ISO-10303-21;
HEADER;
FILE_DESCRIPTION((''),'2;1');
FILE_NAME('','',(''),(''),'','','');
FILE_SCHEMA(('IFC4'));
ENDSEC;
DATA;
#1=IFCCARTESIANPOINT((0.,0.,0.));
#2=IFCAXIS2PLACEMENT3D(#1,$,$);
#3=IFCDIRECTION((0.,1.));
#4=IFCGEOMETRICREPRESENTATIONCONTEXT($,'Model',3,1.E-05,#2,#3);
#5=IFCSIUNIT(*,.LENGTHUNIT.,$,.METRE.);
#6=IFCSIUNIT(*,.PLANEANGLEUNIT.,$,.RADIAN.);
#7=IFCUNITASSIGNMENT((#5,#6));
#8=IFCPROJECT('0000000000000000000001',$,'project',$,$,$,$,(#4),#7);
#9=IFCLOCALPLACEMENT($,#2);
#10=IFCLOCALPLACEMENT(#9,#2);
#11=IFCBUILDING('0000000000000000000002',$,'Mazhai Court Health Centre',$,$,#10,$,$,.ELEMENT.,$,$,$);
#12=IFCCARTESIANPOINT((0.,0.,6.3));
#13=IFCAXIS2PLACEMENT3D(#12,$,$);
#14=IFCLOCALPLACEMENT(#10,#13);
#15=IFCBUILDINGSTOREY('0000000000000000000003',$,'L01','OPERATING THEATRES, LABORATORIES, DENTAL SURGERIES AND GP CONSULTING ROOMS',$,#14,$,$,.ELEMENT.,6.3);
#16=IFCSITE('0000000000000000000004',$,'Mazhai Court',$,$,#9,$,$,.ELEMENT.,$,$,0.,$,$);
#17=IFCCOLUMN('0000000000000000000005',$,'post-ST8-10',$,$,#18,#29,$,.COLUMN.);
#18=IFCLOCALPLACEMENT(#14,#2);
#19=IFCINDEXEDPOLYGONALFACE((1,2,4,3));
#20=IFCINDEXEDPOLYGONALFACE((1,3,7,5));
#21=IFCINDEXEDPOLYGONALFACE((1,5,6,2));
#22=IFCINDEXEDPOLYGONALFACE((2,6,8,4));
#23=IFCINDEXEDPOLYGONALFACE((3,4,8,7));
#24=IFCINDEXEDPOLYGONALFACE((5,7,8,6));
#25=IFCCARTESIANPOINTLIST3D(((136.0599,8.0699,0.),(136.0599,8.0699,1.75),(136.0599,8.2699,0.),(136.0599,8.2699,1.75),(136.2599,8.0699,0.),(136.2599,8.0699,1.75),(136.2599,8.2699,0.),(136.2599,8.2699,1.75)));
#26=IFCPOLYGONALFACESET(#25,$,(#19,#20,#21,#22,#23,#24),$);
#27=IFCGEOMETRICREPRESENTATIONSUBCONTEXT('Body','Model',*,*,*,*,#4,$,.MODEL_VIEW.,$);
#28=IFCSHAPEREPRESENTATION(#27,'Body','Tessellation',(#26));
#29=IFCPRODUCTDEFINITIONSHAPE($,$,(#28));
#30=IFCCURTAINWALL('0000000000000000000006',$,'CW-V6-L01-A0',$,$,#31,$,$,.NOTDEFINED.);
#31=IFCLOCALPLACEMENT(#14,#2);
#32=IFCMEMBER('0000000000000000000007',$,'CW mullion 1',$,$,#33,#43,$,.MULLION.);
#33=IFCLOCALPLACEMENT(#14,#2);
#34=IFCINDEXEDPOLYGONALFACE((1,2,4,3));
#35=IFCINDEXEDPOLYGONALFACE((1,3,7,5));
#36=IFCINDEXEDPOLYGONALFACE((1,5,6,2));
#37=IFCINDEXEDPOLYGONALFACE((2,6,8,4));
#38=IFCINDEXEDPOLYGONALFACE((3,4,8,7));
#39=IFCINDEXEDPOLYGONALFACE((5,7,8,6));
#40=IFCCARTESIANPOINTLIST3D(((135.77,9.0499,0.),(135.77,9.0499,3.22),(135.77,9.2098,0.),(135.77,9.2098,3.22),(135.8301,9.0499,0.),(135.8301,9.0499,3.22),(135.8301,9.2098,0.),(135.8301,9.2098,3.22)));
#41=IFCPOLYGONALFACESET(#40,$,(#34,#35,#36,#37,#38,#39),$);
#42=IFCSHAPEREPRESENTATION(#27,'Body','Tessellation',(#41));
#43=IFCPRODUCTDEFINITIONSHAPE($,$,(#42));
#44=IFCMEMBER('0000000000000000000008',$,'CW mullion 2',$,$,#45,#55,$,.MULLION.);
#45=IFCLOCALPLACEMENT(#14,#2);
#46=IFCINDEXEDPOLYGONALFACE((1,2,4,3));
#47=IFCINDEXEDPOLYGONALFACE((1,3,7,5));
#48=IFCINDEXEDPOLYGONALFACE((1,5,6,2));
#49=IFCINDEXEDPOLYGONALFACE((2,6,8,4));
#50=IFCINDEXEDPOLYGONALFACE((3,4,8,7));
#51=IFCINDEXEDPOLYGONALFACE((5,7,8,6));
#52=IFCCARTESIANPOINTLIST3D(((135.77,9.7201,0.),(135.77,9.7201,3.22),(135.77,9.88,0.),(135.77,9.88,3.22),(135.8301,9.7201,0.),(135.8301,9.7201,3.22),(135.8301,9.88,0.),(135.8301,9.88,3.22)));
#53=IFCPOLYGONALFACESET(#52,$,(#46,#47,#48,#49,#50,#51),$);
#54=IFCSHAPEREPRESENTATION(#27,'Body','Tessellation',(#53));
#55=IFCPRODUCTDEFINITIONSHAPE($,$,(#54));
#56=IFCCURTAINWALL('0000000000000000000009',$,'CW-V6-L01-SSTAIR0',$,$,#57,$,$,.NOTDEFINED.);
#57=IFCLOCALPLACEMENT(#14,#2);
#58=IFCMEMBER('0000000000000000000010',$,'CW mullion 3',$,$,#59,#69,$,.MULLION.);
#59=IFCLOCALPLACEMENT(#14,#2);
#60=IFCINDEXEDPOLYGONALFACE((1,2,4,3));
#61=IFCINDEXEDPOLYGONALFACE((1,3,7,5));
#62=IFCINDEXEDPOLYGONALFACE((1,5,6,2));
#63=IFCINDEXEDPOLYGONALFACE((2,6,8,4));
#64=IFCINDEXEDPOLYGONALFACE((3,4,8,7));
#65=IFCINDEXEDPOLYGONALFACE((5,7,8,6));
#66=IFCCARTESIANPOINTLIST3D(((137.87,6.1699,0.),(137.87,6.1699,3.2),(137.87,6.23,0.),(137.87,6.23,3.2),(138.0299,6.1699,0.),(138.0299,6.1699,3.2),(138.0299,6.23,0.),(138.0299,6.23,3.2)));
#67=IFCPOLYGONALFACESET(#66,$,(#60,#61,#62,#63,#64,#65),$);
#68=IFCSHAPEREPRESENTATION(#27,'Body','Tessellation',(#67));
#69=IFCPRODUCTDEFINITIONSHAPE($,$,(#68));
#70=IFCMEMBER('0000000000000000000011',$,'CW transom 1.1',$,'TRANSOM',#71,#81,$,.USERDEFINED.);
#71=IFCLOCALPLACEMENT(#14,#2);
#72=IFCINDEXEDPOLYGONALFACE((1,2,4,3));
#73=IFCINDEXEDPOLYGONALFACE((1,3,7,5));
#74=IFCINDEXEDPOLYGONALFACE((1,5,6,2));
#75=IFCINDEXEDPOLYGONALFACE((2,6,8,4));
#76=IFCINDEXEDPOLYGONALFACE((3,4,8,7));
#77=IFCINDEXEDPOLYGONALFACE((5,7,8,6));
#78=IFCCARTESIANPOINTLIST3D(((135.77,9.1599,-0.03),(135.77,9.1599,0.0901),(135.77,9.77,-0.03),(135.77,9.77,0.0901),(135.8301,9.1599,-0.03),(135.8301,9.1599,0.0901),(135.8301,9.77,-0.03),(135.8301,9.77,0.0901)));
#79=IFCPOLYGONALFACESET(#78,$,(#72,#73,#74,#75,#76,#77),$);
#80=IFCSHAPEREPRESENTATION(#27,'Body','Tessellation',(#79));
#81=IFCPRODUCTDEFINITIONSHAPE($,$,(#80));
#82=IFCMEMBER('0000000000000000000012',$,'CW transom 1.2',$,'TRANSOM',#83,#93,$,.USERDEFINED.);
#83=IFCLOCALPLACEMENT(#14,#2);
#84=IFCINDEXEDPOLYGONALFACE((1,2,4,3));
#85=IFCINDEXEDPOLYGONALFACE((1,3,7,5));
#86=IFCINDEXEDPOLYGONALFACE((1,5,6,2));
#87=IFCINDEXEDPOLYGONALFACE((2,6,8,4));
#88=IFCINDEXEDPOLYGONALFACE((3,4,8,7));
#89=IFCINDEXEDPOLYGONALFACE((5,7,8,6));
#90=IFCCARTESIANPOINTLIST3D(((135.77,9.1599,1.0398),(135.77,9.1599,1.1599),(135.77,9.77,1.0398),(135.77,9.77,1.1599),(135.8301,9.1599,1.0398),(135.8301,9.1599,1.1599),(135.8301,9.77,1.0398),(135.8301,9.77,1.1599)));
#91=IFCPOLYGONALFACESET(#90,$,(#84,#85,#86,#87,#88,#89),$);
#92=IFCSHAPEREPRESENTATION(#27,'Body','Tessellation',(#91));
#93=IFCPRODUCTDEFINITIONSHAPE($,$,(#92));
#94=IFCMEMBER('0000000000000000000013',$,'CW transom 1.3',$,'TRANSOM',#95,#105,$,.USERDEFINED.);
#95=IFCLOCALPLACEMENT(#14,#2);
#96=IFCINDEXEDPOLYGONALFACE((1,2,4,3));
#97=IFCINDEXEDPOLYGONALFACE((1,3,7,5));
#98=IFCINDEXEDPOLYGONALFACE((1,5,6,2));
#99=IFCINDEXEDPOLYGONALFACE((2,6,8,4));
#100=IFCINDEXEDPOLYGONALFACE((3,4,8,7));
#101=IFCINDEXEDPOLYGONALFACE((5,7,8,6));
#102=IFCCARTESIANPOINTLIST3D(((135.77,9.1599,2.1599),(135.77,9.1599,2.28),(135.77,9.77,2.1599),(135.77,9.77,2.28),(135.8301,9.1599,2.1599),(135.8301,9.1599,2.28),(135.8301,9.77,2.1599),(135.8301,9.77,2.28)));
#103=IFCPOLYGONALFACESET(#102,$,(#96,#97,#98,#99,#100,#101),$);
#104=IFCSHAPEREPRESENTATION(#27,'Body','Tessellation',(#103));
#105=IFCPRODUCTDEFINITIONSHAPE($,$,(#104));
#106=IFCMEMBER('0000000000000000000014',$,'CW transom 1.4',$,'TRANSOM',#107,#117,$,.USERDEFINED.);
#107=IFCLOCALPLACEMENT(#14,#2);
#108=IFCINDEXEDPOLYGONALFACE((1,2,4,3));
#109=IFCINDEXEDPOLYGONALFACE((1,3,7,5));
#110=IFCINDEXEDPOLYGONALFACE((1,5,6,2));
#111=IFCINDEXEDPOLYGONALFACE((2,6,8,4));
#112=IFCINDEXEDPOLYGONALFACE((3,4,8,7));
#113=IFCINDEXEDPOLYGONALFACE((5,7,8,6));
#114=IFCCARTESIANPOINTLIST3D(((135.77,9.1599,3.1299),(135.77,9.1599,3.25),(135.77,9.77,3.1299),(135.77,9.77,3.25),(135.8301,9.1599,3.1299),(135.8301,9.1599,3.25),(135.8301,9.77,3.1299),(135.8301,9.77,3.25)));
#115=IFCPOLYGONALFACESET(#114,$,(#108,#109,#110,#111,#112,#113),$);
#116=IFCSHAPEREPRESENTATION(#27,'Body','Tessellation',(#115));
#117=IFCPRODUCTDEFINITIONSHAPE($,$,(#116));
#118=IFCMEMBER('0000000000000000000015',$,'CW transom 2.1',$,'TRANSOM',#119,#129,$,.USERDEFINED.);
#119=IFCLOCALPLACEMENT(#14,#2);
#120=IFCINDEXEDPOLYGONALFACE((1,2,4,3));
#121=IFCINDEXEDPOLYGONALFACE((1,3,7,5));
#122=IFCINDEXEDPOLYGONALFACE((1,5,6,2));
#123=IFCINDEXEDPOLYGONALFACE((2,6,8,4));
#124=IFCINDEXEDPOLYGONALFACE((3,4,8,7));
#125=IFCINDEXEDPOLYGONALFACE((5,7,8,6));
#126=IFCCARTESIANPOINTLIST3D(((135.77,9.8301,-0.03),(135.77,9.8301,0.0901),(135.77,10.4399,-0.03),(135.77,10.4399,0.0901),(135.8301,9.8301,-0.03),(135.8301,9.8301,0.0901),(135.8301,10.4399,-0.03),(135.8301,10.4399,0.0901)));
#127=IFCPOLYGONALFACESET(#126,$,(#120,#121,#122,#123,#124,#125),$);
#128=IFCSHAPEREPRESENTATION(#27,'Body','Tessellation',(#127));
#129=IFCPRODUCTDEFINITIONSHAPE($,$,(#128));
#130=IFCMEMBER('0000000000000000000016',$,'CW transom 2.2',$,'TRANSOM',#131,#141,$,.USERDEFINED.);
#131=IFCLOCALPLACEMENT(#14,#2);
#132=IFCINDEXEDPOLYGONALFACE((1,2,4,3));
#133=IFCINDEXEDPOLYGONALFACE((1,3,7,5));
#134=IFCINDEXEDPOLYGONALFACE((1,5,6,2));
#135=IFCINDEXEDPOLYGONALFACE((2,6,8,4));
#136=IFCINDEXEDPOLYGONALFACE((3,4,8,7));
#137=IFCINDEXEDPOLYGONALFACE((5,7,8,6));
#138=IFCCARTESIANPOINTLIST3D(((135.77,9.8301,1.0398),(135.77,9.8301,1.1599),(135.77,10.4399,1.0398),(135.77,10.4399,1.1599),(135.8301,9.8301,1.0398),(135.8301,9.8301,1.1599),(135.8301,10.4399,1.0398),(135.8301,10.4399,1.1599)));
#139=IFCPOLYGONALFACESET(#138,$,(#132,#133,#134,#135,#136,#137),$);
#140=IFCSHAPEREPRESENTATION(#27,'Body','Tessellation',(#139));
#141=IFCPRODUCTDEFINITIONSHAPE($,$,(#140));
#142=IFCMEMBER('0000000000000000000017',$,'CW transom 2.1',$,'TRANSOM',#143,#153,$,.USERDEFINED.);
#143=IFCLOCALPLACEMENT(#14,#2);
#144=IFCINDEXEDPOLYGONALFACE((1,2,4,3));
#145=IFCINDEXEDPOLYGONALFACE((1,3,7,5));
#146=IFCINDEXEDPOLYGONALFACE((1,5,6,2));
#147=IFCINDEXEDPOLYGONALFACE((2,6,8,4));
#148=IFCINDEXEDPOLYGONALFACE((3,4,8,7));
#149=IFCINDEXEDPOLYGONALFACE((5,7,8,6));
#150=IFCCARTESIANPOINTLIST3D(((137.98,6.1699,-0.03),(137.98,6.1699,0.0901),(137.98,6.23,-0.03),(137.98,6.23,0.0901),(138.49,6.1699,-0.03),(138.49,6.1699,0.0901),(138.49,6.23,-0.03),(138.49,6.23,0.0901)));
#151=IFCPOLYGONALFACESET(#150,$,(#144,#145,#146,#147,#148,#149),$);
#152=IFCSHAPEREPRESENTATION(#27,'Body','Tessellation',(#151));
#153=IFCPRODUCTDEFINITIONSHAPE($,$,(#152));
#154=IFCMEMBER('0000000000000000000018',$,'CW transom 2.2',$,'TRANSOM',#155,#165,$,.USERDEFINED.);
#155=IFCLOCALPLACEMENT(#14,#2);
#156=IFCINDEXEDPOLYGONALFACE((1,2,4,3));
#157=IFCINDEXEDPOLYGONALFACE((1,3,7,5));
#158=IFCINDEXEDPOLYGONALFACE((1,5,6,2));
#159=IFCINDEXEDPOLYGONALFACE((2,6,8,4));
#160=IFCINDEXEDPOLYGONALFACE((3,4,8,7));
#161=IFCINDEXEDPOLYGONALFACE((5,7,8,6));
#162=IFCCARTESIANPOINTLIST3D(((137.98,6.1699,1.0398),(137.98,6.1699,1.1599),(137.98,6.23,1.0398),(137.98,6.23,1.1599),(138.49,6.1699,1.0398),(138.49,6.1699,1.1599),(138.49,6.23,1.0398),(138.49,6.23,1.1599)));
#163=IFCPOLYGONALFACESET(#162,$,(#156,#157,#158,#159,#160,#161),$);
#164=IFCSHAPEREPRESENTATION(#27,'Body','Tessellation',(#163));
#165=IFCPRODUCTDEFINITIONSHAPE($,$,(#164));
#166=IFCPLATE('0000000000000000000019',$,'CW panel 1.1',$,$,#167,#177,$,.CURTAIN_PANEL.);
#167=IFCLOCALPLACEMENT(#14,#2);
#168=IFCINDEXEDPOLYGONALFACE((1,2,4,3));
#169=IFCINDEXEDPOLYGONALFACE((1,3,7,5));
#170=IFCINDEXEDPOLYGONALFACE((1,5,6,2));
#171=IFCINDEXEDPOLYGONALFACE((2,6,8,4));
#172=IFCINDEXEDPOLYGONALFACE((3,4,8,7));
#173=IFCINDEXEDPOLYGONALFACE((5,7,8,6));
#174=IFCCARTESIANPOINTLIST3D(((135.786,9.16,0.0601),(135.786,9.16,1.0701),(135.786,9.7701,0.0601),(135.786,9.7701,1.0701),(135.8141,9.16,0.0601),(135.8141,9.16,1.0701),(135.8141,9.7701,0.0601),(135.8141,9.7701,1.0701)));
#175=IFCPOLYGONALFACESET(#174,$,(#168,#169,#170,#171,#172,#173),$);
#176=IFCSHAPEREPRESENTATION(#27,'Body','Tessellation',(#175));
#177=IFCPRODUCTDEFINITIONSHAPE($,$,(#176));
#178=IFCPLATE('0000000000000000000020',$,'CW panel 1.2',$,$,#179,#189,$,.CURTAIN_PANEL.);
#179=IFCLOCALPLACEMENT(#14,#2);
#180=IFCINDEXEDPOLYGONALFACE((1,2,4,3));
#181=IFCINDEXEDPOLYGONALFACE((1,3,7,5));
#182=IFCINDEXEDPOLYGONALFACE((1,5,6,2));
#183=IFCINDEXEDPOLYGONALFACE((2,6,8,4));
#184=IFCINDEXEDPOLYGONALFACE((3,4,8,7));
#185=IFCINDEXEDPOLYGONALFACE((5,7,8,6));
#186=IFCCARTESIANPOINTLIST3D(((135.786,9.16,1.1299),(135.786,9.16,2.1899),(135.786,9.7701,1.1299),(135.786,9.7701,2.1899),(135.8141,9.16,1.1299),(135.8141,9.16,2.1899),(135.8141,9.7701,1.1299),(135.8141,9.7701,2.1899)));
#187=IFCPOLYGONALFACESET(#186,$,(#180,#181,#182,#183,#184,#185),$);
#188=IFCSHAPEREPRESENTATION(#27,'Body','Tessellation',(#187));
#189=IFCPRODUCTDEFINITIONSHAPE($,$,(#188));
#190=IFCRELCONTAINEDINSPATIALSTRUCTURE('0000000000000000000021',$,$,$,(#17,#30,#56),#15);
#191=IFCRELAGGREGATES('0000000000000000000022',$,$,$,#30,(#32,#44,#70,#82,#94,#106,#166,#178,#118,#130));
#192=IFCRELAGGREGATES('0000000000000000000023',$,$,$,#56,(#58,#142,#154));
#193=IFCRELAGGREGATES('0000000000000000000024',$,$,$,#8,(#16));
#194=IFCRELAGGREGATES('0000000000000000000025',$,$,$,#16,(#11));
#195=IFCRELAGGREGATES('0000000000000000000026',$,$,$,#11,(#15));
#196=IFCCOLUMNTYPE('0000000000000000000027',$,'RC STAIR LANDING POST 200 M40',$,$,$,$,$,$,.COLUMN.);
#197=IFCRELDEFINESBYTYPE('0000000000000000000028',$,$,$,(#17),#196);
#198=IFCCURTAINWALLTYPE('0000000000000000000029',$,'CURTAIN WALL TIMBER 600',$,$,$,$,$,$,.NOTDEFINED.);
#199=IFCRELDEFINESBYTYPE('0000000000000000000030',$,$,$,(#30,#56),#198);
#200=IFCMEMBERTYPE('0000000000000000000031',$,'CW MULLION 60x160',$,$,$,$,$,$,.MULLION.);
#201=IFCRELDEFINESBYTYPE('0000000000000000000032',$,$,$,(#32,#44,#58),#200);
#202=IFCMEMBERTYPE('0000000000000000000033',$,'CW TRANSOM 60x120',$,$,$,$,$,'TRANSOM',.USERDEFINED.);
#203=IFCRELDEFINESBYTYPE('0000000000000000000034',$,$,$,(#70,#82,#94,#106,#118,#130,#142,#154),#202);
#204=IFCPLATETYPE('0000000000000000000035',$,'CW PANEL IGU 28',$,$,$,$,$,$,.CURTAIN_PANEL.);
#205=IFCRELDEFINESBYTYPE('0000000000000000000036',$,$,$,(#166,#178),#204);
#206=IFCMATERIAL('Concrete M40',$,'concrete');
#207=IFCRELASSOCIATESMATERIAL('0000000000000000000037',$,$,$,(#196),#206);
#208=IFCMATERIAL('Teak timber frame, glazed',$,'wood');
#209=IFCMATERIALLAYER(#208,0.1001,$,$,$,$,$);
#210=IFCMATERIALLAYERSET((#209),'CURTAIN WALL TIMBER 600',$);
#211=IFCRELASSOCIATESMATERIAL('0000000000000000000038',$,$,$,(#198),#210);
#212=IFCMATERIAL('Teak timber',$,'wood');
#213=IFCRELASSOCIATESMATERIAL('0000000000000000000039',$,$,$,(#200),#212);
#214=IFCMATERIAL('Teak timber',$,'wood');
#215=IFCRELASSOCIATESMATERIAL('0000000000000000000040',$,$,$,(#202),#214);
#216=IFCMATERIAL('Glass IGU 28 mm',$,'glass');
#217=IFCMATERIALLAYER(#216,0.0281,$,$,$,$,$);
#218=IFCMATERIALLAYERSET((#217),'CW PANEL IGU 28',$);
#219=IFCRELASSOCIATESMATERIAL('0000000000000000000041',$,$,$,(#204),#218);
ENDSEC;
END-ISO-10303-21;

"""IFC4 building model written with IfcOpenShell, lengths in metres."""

from ifc_helpers import new_model, si_unit, direction, frame, origin, origin_2d, place, context, subcontext, project, spatial, rectangle, extrude, material, layer, layer_set, material_profile, profile_set, type_object, element, aggregate, save


model = new_model("IFC4")

# Units and contexts
model_context = context("Model", 3, precision=1e-05, world=origin(), true_north=direction((0.0, 1.0)))
body_context = subcontext(model_context, "Body", "Model", "MODEL_VIEW")
ifc_project = project(units=[si_unit("LENGTHUNIT", "METRE"), si_unit("PLANEANGLEUNIT", "RADIAN")], contexts=[model_context])

# Site, building, storey
site_placement = place(None, origin())
site = spatial("IfcSite", under=ifc_project, at=site_placement, Name="Mazhai Court", CompositionType="ELEMENT", RefElevation=0.0)
building_placement = place(site_placement, origin())
building = spatial("IfcBuilding", under=site, at=building_placement, Name="Mazhai Court Health Centre", CompositionType="ELEMENT")
storey_placement = place(building_placement, frame((0.0, 0.0, 6.3)))
storey = spatial("IfcBuildingStorey", under=building, at=storey_placement, Name="L01", Description="OPERATING THEATRES, LABORATORIES, DENTAL SURGERIES AND GP CONSULTING ROOMS", CompositionType="ELEMENT", Elevation=6.3)

# Column
ifc_material_1 = material(Name="Concrete M40", Category="concrete")
ifc_material_profile_1 = material_profile(ifc_material_1, rectangle(XDim=0.2, YDim=0.2, at=origin_2d()), Name="RC 200x200")
ifc_profile_set_1 = profile_set([ifc_material_profile_1], Name="Concrete M40")
column_type = type_object("IfcColumnType", Name="RC STAIR LANDING POST 200 M40", PredefinedType="COLUMN", material=ifc_profile_set_1)
column_placement = place(storey_placement, frame((136.1599, 8.1699, 0.0), z_axis=(0.0, 0.0, 1.0), x_axis=(1.0, 0.0, 0.0)))
element("IfcColumn", 1, at=column_placement, inside=storey, type_object=column_type, Name="post-ST8-10", PredefinedType="COLUMN", context=body_context, shape_type="SweptSolid", body=[
    extrude(rectangle(XDim=0.2, YDim=0.2, at=origin_2d()), origin(), (0.0, 0.0, 1.0), 1.75),
])

# Curtain wall, members
ifc_material_2 = material(Name="Teak timber frame, glazed", Category="wood")
ifc_layer_1 = layer(ifc_material_2, 0.1001)
ifc_layer_set_1 = layer_set([ifc_layer_1], Name="CURTAIN WALL TIMBER 600")
curtain_wall_type = type_object("IfcCurtainWallType", Name="CURTAIN WALL TIMBER 600", PredefinedType="NOTDEFINED", material=ifc_layer_set_1)
curtain_wall_1_placement = place(storey_placement, origin())
curtain_wall_1 = element("IfcCurtainWall", 2, at=curtain_wall_1_placement, inside=storey, type_object=curtain_wall_type, Name="CW-V6-L01-A0", PredefinedType="NOTDEFINED")
ifc_material_3 = material(Name="Teak timber", Category="wood")
ifc_material_profile_2 = material_profile(ifc_material_3, rectangle(XDim=0.0601, YDim=0.1599, at=origin_2d()), Name="CW MULLION 60x160")
ifc_profile_set_2 = profile_set([ifc_material_profile_2], Name="Teak timber")
member_type_1 = type_object("IfcMemberType", Name="CW MULLION 60x160", PredefinedType="MULLION", material=ifc_profile_set_2)
member_1_placement = place(storey_placement, frame((135.8, 9.1299, 0.0), z_axis=(0.0, 0.0, 1.0), x_axis=(-1.0, 0.0, 0.0)))
member_1 = element("IfcMember", 3, at=member_1_placement, type_object=member_type_1, Name="CW mullion 1", PredefinedType="MULLION", context=body_context, shape_type="SweptSolid", body=[
    extrude(rectangle(XDim=0.0601, YDim=0.1599, at=origin_2d()), origin(), (0.0, 0.0, 1.0), 3.22),
])
member_2_placement = place(storey_placement, frame((135.8, 9.8, 0.0), z_axis=(0.0, 0.0, 1.0), x_axis=(-1.0, 0.0, 0.0)))
member_2 = element("IfcMember", 4, at=member_2_placement, type_object=member_type_1, Name="CW mullion 2", PredefinedType="MULLION", context=body_context, shape_type="SweptSolid", body=[
    extrude(rectangle(XDim=0.0601, YDim=0.1599, at=origin_2d()), origin(), (0.0, 0.0, 1.0), 3.22),
])

# Curtain wall, member
curtain_wall_2_placement = place(storey_placement, origin())
curtain_wall_2 = element("IfcCurtainWall", 5, at=curtain_wall_2_placement, inside=storey, type_object=curtain_wall_type, Name="CW-V6-L01-SSTAIR0", PredefinedType="NOTDEFINED")
member_3_placement = place(storey_placement, frame((137.95, 6.2, 0.0), z_axis=(0.0, 0.0, 1.0), x_axis=(0.0, -1.0, 0.0)))
member_3 = element("IfcMember", 6, at=member_3_placement, type_object=member_type_1, Name="CW mullion 3", PredefinedType="MULLION", context=body_context, shape_type="SweptSolid", body=[
    extrude(rectangle(XDim=0.0601, YDim=0.1599, at=origin_2d()), origin(), (0.0, 0.0, 1.0), 3.2),
])

# Members
ifc_material_4 = material(Name="Teak timber", Category="wood")
ifc_material_profile_3 = material_profile(ifc_material_4, rectangle(XDim=0.0601, YDim=0.1201, at=origin_2d()), Name="CW TRANSOM 60x120")
ifc_profile_set_3 = profile_set([ifc_material_profile_3], Name="Teak timber")
member_type_2 = type_object("IfcMemberType", Name="CW TRANSOM 60x120", ElementType="TRANSOM", PredefinedType="USERDEFINED", material=ifc_profile_set_3)
member_4_placement = place(storey_placement, frame((135.8, 9.1599, 0.03), z_axis=(0.0, 1.0, 0.0), x_axis=(-1.0, 0.0, 0.0)))
member_4 = element("IfcMember", 7, at=member_4_placement, type_object=member_type_2, Name="CW transom 1.1", ObjectType="TRANSOM", PredefinedType="USERDEFINED", context=body_context, shape_type="SweptSolid", body=[
    extrude(rectangle(XDim=0.0601, YDim=0.1201, at=origin_2d()), origin(), (0.0, 0.0, 1.0), 0.6101),
])
member_5_placement = place(storey_placement, frame((135.8, 9.1599, 1.0999), z_axis=(0.0, 1.0, 0.0), x_axis=(-1.0, 0.0, 0.0)))
member_5 = element("IfcMember", 8, at=member_5_placement, type_object=member_type_2, Name="CW transom 1.2", ObjectType="TRANSOM", PredefinedType="USERDEFINED", context=body_context, shape_type="SweptSolid", body=[
    extrude(rectangle(XDim=0.0601, YDim=0.1201, at=origin_2d()), origin(), (0.0, 0.0, 1.0), 0.6101),
])
member_6_placement = place(storey_placement, frame((135.8, 9.1599, 2.22), z_axis=(0.0, 1.0, 0.0), x_axis=(-1.0, 0.0, 0.0)))
member_6 = element("IfcMember", 9, at=member_6_placement, type_object=member_type_2, Name="CW transom 1.3", ObjectType="TRANSOM", PredefinedType="USERDEFINED", context=body_context, shape_type="SweptSolid", body=[
    extrude(rectangle(XDim=0.0601, YDim=0.1201, at=origin_2d()), origin(), (0.0, 0.0, 1.0), 0.6101),
])
member_7_placement = place(storey_placement, frame((135.8, 9.1599, 3.1899), z_axis=(0.0, 1.0, 0.0), x_axis=(-1.0, 0.0, 0.0)))
member_7 = element("IfcMember", 10, at=member_7_placement, type_object=member_type_2, Name="CW transom 1.4", ObjectType="TRANSOM", PredefinedType="USERDEFINED", context=body_context, shape_type="SweptSolid", body=[
    extrude(rectangle(XDim=0.0601, YDim=0.1201, at=origin_2d()), origin(), (0.0, 0.0, 1.0), 0.6101),
])
member_8_placement = place(storey_placement, frame((135.8, 9.8301, 0.03), z_axis=(0.0, 1.0, 0.0), x_axis=(-1.0, 0.0, 0.0)))
member_8 = element("IfcMember", 11, at=member_8_placement, type_object=member_type_2, Name="CW transom 2.1", ObjectType="TRANSOM", PredefinedType="USERDEFINED", context=body_context, shape_type="SweptSolid", body=[
    extrude(rectangle(XDim=0.0601, YDim=0.1201, at=origin_2d()), origin(), (0.0, 0.0, 1.0), 0.6099),
])
member_9_placement = place(storey_placement, frame((135.8, 9.8301, 1.0999), z_axis=(0.0, 1.0, 0.0), x_axis=(-1.0, 0.0, 0.0)))
member_9 = element("IfcMember", 12, at=member_9_placement, type_object=member_type_2, Name="CW transom 2.2", ObjectType="TRANSOM", PredefinedType="USERDEFINED", context=body_context, shape_type="SweptSolid", body=[
    extrude(rectangle(XDim=0.0601, YDim=0.1201, at=origin_2d()), origin(), (0.0, 0.0, 1.0), 0.6099),
])
member_10_placement = place(storey_placement, frame((138.49, 6.2, 0.03), z_axis=(-1.0, 0.0, 0.0), x_axis=(0.0, -1.0, 0.0)))
member_10 = element("IfcMember", 13, at=member_10_placement, type_object=member_type_2, Name="CW transom 2.1", ObjectType="TRANSOM", PredefinedType="USERDEFINED", context=body_context, shape_type="SweptSolid", body=[
    extrude(rectangle(XDim=0.0601, YDim=0.1201, at=origin_2d()), origin(), (0.0, 0.0, 1.0), 0.51),
])
member_11_placement = place(storey_placement, frame((138.49, 6.2, 1.0999), z_axis=(-1.0, 0.0, 0.0), x_axis=(0.0, -1.0, 0.0)))
member_11 = element("IfcMember", 14, at=member_11_placement, type_object=member_type_2, Name="CW transom 2.2", ObjectType="TRANSOM", PredefinedType="USERDEFINED", context=body_context, shape_type="SweptSolid", body=[
    extrude(rectangle(XDim=0.0601, YDim=0.1201, at=origin_2d()), origin(), (0.0, 0.0, 1.0), 0.51),
])

# Plates
ifc_material_5 = material(Name="Glass IGU 28 mm", Category="glass")
ifc_layer_2 = layer(ifc_material_5, 0.0281)
ifc_layer_set_2 = layer_set([ifc_layer_2], Name="CW PANEL IGU 28")
plate_type = type_object("IfcPlateType", Name="CW PANEL IGU 28", PredefinedType="CURTAIN_PANEL", material=ifc_layer_set_2)
plate_1_placement = place(storey_placement, frame((135.8, 9.4651, 0.0601), z_axis=(0.0, 0.0, 1.0), x_axis=(0.0, 1.0, 0.0)))
plate_1 = element("IfcPlate", 15, at=plate_1_placement, type_object=plate_type, Name="CW panel 1.1", PredefinedType="CURTAIN_PANEL", context=body_context, shape_type="SweptSolid", body=[
    extrude(rectangle(XDim=0.6101, YDim=0.0281, at=origin_2d()), origin(), (0.0, 0.0, 1.0), 1.01),
])
plate_2_placement = place(storey_placement, frame((135.8, 9.4651, 1.1299), z_axis=(0.0, 0.0, 1.0), x_axis=(0.0, 1.0, 0.0)))
plate_2 = element("IfcPlate", 16, at=plate_2_placement, type_object=plate_type, Name="CW panel 1.2", PredefinedType="CURTAIN_PANEL", context=body_context, shape_type="SweptSolid", body=[
    extrude(rectangle(XDim=0.6101, YDim=0.0281, at=origin_2d()), origin(), (0.0, 0.0, 1.0), 1.0601),
])
aggregate(curtain_wall_1, [member_1, member_2, member_4, member_5, member_6, member_7, plate_1, plate_2, member_8, member_9])
aggregate(curtain_wall_2, [member_3, member_10, member_11])

save(model, "model.ifc")
